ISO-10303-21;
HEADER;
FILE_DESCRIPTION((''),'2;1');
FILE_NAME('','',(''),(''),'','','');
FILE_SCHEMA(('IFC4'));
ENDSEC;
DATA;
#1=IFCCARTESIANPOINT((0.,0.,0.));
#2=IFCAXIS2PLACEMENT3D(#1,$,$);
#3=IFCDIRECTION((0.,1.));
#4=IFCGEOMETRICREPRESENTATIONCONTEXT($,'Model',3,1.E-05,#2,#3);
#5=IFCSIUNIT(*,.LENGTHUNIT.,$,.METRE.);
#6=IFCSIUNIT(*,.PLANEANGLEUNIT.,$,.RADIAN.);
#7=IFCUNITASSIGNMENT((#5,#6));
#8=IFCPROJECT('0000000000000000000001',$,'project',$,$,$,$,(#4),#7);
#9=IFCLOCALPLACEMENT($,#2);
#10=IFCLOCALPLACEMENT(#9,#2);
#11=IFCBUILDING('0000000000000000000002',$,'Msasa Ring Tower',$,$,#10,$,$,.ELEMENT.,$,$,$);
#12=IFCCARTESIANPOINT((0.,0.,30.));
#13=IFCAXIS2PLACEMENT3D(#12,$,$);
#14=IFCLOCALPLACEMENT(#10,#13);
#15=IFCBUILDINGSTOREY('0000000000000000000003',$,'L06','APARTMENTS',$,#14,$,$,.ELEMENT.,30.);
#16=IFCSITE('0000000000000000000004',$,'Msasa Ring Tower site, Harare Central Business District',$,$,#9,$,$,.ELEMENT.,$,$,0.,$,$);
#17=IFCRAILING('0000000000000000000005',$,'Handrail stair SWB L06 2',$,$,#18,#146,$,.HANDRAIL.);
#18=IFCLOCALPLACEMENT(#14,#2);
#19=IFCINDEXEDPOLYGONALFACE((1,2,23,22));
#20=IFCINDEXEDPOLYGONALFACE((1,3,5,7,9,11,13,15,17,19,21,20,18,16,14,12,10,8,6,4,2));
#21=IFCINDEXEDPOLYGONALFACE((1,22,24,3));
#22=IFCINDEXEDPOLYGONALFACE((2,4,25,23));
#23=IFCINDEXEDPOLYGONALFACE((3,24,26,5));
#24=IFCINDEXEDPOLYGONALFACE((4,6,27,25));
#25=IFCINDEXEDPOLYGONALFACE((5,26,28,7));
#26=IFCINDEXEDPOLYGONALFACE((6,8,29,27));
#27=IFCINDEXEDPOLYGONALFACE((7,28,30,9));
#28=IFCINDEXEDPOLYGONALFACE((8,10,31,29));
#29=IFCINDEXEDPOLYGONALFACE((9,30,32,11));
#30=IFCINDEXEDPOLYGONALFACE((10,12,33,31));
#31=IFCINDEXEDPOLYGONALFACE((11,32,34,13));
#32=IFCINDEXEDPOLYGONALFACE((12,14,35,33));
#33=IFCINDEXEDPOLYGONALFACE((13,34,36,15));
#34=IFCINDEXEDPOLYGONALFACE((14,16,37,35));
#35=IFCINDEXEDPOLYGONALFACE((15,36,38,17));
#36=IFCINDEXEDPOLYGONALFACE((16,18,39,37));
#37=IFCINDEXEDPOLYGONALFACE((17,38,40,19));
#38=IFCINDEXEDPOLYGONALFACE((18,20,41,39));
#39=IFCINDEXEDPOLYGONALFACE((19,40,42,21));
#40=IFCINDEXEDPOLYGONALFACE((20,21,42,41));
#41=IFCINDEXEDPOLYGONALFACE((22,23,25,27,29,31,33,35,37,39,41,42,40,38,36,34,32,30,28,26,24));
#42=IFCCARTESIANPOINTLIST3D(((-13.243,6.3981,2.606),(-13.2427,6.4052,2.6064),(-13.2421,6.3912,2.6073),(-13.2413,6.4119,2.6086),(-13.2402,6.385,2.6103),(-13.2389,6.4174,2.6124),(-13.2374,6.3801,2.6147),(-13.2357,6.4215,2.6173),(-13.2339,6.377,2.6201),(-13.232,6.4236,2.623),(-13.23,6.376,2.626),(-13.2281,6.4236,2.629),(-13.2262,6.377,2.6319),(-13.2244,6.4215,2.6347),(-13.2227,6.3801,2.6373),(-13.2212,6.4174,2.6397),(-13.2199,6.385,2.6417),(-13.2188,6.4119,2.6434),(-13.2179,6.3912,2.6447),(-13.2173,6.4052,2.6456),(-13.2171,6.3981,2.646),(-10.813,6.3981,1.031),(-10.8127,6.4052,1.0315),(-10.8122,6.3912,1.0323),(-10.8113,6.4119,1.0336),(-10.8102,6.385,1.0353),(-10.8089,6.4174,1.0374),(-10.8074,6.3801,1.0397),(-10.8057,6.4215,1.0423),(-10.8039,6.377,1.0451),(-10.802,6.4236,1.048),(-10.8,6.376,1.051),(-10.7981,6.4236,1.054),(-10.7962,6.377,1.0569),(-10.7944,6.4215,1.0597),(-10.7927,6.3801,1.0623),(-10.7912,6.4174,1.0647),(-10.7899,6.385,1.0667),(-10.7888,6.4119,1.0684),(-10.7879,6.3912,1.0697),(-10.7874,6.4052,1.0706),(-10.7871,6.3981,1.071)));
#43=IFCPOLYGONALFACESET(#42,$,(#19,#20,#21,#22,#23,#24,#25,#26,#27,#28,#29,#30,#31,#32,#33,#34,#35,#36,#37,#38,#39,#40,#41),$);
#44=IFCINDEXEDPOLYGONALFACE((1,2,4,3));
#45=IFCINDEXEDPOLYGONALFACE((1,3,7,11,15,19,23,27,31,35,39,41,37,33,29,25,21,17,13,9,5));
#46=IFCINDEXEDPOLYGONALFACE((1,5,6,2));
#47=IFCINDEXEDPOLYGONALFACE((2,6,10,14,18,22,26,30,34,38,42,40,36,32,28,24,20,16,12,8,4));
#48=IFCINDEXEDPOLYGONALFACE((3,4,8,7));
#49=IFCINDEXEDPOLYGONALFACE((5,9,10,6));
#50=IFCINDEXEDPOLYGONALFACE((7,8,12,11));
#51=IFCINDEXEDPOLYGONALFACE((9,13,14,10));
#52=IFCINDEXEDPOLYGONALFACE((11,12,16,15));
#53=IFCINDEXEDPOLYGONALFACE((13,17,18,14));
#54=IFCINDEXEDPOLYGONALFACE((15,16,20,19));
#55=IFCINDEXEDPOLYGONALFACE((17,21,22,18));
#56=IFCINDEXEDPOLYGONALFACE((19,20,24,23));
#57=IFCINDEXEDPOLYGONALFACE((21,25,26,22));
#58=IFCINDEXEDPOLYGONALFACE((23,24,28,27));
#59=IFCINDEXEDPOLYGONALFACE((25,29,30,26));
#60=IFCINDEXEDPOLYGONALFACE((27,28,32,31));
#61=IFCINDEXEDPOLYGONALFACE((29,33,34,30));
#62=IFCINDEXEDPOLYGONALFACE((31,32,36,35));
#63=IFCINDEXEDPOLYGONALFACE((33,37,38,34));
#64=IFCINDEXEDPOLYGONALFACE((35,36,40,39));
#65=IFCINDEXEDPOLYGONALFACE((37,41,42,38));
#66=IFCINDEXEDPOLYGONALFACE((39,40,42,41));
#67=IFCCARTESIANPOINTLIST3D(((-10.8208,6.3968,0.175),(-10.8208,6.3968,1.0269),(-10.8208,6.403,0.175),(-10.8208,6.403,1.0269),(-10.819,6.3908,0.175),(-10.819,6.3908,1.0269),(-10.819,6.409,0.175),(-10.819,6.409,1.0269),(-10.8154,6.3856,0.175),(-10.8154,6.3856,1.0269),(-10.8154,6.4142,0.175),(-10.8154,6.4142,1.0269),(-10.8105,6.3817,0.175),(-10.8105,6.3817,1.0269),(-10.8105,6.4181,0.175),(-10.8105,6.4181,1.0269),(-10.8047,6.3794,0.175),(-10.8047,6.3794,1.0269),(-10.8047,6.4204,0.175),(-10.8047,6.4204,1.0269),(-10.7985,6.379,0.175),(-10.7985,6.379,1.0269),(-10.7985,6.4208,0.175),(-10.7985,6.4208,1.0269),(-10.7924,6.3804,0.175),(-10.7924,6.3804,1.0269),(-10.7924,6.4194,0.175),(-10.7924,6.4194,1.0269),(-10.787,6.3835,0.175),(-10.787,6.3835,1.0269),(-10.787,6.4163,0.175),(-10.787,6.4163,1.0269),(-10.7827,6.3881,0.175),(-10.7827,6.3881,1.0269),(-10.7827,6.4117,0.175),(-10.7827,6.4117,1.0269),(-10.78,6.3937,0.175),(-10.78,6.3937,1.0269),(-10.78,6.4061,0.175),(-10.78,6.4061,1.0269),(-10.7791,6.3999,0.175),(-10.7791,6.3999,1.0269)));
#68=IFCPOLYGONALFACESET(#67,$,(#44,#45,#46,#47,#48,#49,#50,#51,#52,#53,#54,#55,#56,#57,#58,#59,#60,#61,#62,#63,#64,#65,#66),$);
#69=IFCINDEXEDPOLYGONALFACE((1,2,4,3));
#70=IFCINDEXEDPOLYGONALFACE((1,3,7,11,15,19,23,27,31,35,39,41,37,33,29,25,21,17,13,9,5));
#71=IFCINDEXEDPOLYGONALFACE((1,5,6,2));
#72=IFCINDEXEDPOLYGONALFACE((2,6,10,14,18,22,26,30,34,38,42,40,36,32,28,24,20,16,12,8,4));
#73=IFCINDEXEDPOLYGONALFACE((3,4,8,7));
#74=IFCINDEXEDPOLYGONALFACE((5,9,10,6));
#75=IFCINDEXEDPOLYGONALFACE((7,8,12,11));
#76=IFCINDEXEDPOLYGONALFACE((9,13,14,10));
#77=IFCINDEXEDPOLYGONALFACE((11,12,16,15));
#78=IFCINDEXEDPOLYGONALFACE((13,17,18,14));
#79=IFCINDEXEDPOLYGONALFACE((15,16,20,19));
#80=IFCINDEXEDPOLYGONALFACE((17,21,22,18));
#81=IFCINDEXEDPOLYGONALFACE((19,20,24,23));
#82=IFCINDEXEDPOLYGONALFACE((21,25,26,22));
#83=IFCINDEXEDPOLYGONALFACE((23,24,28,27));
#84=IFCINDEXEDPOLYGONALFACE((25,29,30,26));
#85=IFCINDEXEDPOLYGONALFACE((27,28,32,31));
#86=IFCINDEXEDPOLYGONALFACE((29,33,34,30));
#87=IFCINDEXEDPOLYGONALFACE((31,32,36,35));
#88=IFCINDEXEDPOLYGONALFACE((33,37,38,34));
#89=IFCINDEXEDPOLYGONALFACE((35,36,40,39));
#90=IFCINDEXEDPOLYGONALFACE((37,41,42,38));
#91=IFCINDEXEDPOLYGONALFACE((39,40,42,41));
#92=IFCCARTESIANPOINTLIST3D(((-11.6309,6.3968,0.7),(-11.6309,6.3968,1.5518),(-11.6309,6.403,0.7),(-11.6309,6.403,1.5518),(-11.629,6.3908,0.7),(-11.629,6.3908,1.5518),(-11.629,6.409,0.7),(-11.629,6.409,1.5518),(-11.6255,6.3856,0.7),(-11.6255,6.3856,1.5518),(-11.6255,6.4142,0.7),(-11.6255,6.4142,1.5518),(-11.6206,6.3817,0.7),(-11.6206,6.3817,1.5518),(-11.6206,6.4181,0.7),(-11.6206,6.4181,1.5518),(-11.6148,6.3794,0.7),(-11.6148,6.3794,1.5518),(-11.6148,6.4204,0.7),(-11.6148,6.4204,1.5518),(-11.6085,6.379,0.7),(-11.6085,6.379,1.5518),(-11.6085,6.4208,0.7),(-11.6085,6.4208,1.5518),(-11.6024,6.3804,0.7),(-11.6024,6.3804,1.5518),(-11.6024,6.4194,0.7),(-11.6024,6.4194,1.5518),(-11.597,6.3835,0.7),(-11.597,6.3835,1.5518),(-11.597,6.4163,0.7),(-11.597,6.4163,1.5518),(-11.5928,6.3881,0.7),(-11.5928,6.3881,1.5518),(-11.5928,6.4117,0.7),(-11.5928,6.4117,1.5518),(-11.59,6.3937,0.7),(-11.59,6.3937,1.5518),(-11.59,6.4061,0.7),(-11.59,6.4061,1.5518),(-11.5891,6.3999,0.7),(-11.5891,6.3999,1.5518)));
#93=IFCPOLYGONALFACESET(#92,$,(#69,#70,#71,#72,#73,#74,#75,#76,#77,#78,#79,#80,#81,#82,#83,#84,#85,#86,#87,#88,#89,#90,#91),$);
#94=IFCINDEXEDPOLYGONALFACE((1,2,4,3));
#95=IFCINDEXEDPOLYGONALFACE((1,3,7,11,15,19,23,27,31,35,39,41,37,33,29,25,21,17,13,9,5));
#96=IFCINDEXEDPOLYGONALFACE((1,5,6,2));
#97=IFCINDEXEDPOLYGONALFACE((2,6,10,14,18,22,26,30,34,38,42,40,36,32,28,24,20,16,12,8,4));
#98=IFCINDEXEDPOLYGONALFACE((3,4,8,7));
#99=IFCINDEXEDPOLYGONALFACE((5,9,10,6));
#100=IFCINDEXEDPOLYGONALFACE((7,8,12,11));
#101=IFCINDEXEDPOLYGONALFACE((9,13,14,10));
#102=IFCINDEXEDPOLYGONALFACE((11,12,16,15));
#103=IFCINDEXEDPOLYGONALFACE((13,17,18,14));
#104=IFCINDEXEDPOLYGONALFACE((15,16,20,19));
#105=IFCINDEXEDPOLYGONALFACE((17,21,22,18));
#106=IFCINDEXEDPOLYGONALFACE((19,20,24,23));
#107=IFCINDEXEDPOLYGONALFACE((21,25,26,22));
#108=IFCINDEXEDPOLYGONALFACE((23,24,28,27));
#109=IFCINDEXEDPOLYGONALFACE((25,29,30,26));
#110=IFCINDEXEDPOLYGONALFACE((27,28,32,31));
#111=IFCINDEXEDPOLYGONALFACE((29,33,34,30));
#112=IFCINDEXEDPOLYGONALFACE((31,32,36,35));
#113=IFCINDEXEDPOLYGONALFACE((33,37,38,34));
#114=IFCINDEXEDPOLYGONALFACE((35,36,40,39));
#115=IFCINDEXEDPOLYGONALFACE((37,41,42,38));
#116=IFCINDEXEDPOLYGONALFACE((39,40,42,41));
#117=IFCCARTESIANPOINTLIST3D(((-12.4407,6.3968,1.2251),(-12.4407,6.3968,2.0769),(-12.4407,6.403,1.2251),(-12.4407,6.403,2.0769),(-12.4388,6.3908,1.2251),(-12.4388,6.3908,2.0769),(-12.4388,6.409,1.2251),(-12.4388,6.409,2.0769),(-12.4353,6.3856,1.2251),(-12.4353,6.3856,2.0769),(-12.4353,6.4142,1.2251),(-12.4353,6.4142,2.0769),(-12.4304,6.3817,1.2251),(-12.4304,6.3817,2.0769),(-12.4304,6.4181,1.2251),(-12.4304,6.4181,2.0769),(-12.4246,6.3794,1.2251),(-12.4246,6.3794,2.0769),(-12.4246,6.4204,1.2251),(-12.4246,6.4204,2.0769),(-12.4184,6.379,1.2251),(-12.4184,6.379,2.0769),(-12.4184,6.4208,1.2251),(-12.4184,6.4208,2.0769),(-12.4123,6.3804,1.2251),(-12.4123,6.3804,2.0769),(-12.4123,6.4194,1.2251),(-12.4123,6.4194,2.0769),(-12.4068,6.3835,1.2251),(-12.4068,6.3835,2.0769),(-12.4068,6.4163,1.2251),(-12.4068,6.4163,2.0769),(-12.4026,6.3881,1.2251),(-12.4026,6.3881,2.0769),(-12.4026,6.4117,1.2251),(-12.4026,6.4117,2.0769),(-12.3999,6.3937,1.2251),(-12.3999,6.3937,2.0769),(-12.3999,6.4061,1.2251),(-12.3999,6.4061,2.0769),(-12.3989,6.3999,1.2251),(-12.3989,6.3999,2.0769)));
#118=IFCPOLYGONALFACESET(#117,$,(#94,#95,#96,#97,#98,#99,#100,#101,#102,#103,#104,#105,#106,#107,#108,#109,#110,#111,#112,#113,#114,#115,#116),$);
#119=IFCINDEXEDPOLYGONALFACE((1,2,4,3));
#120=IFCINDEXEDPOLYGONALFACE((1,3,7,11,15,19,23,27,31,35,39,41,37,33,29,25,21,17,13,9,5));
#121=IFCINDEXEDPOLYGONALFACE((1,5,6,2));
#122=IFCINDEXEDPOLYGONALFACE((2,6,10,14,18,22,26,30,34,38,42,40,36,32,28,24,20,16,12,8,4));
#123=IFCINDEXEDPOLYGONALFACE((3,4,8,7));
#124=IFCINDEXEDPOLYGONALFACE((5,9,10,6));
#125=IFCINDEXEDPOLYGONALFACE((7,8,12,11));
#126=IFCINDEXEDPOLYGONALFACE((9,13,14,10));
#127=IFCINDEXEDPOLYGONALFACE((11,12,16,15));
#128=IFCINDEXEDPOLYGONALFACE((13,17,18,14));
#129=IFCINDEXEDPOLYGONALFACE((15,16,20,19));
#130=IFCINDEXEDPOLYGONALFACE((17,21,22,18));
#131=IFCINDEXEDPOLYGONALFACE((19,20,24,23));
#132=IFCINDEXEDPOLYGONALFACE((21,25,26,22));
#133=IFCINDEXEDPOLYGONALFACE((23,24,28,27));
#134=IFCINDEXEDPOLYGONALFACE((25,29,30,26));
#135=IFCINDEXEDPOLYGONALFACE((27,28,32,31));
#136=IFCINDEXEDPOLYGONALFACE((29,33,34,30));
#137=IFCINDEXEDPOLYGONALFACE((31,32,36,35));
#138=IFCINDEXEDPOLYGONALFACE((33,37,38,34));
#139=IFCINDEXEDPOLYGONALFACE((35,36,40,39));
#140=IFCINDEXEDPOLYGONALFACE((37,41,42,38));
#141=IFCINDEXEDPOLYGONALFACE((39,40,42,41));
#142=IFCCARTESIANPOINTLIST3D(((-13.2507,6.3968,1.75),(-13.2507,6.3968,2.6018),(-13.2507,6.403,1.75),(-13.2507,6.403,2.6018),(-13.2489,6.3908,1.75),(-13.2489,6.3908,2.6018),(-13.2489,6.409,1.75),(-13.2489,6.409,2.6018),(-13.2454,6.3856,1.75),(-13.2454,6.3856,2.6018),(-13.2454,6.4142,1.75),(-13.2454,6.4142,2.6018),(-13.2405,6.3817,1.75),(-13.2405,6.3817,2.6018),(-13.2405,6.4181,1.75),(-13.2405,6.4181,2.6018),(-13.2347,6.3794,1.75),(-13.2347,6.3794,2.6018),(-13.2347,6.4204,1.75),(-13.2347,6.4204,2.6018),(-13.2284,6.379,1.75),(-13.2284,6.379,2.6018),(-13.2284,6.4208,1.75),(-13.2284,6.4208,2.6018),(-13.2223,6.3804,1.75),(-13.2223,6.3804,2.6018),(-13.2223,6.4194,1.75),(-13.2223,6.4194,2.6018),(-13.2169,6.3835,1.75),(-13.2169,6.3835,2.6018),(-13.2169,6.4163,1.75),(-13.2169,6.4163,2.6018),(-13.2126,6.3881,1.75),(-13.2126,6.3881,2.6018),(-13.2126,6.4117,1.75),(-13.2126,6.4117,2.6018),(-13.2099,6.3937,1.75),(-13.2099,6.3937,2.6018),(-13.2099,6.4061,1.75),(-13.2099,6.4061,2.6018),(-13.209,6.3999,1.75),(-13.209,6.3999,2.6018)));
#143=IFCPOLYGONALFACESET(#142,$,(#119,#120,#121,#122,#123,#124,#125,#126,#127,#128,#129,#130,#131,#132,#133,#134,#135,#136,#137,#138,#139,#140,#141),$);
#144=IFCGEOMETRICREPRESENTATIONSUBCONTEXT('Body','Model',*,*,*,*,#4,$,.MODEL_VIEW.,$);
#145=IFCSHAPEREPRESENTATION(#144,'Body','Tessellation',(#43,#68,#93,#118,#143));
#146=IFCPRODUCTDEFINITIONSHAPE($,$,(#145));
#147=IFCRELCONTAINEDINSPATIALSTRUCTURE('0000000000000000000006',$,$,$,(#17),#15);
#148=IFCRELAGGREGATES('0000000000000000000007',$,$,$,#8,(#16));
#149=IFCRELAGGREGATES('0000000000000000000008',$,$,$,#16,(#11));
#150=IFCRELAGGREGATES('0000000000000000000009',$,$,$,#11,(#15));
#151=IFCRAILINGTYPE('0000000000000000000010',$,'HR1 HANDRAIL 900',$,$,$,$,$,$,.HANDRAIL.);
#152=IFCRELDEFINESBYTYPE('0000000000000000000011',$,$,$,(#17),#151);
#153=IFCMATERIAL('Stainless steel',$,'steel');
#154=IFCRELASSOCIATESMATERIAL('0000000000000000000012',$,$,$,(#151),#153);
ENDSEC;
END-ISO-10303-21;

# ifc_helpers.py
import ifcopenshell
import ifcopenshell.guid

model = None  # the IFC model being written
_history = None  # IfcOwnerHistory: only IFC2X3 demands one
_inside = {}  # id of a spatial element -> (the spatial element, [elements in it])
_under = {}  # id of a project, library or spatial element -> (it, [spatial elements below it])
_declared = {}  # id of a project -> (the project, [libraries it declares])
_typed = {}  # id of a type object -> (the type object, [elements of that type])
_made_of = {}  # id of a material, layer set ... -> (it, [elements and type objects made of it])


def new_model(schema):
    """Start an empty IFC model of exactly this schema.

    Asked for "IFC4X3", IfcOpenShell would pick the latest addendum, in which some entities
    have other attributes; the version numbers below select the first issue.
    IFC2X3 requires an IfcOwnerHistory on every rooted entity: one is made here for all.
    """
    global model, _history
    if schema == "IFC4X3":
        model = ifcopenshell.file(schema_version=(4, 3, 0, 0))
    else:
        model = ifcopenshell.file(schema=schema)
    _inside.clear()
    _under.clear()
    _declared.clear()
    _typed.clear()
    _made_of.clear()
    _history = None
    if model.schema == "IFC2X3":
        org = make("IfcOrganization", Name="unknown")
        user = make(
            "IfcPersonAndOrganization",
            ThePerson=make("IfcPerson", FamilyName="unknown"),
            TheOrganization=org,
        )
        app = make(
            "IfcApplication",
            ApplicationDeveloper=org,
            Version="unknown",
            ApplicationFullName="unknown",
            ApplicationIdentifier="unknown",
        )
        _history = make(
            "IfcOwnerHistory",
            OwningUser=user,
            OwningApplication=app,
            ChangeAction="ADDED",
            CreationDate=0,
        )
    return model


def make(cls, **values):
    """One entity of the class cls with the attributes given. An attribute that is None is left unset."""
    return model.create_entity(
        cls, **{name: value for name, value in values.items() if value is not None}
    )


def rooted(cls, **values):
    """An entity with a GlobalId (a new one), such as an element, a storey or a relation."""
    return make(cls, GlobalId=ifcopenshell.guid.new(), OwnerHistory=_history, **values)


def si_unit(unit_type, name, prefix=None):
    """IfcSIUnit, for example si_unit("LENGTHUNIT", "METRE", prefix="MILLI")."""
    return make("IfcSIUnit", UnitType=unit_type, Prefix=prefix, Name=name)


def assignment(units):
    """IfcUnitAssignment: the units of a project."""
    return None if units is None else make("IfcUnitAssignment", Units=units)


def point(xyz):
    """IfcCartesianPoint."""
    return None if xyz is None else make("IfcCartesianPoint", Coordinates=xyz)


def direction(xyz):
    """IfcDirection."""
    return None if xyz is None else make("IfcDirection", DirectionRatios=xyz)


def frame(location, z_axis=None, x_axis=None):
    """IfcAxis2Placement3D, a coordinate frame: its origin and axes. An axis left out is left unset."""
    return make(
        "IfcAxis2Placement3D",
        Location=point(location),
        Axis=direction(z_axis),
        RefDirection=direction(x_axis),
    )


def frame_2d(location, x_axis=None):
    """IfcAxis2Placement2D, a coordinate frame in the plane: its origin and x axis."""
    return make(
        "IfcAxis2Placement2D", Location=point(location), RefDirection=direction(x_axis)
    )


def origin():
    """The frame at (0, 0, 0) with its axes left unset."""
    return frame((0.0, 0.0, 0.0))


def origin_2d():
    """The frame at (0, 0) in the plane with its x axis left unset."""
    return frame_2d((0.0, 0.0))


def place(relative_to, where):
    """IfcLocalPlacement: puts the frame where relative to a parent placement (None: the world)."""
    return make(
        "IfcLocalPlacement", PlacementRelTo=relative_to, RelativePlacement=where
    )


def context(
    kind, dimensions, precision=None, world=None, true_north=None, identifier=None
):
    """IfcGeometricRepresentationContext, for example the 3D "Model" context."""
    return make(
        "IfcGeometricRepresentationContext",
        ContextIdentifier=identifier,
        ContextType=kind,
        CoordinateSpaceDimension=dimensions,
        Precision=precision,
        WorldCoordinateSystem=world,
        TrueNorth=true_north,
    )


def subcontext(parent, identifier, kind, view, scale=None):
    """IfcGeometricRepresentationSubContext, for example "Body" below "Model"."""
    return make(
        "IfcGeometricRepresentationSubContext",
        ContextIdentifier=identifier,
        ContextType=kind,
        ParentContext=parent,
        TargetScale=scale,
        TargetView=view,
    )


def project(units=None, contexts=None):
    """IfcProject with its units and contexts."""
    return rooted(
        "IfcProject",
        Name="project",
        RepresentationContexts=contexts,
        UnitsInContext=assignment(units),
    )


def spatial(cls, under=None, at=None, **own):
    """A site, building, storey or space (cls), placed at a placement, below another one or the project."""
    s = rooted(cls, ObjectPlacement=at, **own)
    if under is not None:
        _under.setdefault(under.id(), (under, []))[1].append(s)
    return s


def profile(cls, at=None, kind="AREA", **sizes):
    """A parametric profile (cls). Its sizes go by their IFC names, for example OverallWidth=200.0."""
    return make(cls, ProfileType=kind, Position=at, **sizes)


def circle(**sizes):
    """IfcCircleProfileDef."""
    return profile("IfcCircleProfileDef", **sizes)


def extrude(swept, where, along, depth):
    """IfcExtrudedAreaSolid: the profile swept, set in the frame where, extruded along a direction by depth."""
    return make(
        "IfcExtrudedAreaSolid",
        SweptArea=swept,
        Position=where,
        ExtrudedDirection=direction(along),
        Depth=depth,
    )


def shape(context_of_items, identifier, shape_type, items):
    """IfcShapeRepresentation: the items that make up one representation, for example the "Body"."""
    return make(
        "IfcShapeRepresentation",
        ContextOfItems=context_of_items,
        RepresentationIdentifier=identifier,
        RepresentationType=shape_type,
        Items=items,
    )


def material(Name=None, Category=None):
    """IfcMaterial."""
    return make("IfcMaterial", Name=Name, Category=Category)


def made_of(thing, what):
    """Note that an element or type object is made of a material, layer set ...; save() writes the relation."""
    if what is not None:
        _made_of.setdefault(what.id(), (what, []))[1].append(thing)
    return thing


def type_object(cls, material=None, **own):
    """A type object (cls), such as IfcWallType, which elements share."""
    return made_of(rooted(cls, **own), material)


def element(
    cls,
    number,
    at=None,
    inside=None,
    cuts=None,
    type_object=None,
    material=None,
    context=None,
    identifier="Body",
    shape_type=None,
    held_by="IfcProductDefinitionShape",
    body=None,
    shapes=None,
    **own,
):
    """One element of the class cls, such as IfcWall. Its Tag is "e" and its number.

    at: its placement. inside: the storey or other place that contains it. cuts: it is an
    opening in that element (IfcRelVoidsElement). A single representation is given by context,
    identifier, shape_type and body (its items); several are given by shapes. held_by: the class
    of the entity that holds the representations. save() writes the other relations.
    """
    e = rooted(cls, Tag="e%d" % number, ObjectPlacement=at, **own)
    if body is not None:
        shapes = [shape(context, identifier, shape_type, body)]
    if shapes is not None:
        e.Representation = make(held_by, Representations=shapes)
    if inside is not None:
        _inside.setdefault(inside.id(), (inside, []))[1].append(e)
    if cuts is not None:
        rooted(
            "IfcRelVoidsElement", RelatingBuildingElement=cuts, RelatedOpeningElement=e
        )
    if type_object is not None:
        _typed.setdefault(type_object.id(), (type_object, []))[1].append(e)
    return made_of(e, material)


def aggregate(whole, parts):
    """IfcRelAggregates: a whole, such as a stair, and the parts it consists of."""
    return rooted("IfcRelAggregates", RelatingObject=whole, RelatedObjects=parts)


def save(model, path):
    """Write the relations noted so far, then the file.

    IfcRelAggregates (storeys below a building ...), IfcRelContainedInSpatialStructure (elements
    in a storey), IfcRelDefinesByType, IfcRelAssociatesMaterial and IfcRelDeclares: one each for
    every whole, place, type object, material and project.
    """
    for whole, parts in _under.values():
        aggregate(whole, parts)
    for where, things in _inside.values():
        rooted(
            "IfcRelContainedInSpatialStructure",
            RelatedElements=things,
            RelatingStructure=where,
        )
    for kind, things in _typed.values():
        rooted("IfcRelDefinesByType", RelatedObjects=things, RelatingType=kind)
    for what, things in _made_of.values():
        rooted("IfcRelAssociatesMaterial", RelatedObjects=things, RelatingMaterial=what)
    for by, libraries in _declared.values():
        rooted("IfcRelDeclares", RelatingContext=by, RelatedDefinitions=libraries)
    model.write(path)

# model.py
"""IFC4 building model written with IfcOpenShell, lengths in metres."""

from ifc_helpers import new_model, si_unit, direction, frame, origin, origin_2d, place, context, subcontext, project, spatial, circle, extrude, material, type_object, element, save


model = new_model("IFC4")

# Units and contexts
model_context = context("Model", 3, precision=1e-05, world=origin(), true_north=direction((0.0, 1.0)))
body_context = subcontext(model_context, "Body", "Model", "MODEL_VIEW")
ifc_project = project(units=[si_unit("LENGTHUNIT", "METRE"), si_unit("PLANEANGLEUNIT", "RADIAN")], contexts=[model_context])

# Site, building, storey
site_placement = place(None, origin())
site = spatial("IfcSite", under=ifc_project, at=site_placement, Name="Msasa Ring Tower site, Harare Central Business District", CompositionType="ELEMENT", RefElevation=0.0)
building_placement = place(site_placement, origin())
building = spatial("IfcBuilding", under=site, at=building_placement, Name="Msasa Ring Tower", CompositionType="ELEMENT")
storey_placement = place(building_placement, frame((0.0, 0.0, 30.0)))
storey = spatial("IfcBuildingStorey", under=building, at=storey_placement, Name="L06", Description="APARTMENTS", CompositionType="ELEMENT", Elevation=30.0)

# Railing
ifc_material_1 = material(Name="Stainless steel", Category="steel")
railing_type = type_object("IfcRailingType", Name="HR1 HANDRAIL 900", PredefinedType="HANDRAIL", material=ifc_material_1)
for number, where, name in (
    (1, (-10.8, 6.3999, 0.175), "Handrail stair SWB L06 2"),
):
    element("IfcRailing", number, at=place(storey_placement, frame(where)), inside=storey, type_object=railing_type, Name=name, PredefinedType="HANDRAIL", context=body_context, shape_type="SweptSolid", body=[
        extrude(circle(Radius=0.0239, at=origin_2d()), frame((0.0, 0.0, 0.876), z_axis=(-0.839154, 0.0, 0.543894), x_axis=(0.0, -1.0, 0.0)), (0.0, 0.0, 1.0), 2.8958),
        extrude(circle(Radius=0.021, at=origin_2d()), origin(), (0.0, 0.0, 1.0), 0.8518),
        extrude(circle(Radius=0.021, at=origin_2d()), frame((-0.8101, 0.0, 0.5249)), (0.0, 0.0, 1.0), 0.8518),
        extrude(circle(Radius=0.021, at=origin_2d()), frame((-1.6199, 0.0, 1.05)), (0.0, 0.0, 1.0), 0.8518),
        extrude(circle(Radius=0.021, at=origin_2d()), frame((-2.4299, 0.0, 1.575)), (0.0, 0.0, 1.0), 0.8518),
    ])

save(model, "model.ifc")
